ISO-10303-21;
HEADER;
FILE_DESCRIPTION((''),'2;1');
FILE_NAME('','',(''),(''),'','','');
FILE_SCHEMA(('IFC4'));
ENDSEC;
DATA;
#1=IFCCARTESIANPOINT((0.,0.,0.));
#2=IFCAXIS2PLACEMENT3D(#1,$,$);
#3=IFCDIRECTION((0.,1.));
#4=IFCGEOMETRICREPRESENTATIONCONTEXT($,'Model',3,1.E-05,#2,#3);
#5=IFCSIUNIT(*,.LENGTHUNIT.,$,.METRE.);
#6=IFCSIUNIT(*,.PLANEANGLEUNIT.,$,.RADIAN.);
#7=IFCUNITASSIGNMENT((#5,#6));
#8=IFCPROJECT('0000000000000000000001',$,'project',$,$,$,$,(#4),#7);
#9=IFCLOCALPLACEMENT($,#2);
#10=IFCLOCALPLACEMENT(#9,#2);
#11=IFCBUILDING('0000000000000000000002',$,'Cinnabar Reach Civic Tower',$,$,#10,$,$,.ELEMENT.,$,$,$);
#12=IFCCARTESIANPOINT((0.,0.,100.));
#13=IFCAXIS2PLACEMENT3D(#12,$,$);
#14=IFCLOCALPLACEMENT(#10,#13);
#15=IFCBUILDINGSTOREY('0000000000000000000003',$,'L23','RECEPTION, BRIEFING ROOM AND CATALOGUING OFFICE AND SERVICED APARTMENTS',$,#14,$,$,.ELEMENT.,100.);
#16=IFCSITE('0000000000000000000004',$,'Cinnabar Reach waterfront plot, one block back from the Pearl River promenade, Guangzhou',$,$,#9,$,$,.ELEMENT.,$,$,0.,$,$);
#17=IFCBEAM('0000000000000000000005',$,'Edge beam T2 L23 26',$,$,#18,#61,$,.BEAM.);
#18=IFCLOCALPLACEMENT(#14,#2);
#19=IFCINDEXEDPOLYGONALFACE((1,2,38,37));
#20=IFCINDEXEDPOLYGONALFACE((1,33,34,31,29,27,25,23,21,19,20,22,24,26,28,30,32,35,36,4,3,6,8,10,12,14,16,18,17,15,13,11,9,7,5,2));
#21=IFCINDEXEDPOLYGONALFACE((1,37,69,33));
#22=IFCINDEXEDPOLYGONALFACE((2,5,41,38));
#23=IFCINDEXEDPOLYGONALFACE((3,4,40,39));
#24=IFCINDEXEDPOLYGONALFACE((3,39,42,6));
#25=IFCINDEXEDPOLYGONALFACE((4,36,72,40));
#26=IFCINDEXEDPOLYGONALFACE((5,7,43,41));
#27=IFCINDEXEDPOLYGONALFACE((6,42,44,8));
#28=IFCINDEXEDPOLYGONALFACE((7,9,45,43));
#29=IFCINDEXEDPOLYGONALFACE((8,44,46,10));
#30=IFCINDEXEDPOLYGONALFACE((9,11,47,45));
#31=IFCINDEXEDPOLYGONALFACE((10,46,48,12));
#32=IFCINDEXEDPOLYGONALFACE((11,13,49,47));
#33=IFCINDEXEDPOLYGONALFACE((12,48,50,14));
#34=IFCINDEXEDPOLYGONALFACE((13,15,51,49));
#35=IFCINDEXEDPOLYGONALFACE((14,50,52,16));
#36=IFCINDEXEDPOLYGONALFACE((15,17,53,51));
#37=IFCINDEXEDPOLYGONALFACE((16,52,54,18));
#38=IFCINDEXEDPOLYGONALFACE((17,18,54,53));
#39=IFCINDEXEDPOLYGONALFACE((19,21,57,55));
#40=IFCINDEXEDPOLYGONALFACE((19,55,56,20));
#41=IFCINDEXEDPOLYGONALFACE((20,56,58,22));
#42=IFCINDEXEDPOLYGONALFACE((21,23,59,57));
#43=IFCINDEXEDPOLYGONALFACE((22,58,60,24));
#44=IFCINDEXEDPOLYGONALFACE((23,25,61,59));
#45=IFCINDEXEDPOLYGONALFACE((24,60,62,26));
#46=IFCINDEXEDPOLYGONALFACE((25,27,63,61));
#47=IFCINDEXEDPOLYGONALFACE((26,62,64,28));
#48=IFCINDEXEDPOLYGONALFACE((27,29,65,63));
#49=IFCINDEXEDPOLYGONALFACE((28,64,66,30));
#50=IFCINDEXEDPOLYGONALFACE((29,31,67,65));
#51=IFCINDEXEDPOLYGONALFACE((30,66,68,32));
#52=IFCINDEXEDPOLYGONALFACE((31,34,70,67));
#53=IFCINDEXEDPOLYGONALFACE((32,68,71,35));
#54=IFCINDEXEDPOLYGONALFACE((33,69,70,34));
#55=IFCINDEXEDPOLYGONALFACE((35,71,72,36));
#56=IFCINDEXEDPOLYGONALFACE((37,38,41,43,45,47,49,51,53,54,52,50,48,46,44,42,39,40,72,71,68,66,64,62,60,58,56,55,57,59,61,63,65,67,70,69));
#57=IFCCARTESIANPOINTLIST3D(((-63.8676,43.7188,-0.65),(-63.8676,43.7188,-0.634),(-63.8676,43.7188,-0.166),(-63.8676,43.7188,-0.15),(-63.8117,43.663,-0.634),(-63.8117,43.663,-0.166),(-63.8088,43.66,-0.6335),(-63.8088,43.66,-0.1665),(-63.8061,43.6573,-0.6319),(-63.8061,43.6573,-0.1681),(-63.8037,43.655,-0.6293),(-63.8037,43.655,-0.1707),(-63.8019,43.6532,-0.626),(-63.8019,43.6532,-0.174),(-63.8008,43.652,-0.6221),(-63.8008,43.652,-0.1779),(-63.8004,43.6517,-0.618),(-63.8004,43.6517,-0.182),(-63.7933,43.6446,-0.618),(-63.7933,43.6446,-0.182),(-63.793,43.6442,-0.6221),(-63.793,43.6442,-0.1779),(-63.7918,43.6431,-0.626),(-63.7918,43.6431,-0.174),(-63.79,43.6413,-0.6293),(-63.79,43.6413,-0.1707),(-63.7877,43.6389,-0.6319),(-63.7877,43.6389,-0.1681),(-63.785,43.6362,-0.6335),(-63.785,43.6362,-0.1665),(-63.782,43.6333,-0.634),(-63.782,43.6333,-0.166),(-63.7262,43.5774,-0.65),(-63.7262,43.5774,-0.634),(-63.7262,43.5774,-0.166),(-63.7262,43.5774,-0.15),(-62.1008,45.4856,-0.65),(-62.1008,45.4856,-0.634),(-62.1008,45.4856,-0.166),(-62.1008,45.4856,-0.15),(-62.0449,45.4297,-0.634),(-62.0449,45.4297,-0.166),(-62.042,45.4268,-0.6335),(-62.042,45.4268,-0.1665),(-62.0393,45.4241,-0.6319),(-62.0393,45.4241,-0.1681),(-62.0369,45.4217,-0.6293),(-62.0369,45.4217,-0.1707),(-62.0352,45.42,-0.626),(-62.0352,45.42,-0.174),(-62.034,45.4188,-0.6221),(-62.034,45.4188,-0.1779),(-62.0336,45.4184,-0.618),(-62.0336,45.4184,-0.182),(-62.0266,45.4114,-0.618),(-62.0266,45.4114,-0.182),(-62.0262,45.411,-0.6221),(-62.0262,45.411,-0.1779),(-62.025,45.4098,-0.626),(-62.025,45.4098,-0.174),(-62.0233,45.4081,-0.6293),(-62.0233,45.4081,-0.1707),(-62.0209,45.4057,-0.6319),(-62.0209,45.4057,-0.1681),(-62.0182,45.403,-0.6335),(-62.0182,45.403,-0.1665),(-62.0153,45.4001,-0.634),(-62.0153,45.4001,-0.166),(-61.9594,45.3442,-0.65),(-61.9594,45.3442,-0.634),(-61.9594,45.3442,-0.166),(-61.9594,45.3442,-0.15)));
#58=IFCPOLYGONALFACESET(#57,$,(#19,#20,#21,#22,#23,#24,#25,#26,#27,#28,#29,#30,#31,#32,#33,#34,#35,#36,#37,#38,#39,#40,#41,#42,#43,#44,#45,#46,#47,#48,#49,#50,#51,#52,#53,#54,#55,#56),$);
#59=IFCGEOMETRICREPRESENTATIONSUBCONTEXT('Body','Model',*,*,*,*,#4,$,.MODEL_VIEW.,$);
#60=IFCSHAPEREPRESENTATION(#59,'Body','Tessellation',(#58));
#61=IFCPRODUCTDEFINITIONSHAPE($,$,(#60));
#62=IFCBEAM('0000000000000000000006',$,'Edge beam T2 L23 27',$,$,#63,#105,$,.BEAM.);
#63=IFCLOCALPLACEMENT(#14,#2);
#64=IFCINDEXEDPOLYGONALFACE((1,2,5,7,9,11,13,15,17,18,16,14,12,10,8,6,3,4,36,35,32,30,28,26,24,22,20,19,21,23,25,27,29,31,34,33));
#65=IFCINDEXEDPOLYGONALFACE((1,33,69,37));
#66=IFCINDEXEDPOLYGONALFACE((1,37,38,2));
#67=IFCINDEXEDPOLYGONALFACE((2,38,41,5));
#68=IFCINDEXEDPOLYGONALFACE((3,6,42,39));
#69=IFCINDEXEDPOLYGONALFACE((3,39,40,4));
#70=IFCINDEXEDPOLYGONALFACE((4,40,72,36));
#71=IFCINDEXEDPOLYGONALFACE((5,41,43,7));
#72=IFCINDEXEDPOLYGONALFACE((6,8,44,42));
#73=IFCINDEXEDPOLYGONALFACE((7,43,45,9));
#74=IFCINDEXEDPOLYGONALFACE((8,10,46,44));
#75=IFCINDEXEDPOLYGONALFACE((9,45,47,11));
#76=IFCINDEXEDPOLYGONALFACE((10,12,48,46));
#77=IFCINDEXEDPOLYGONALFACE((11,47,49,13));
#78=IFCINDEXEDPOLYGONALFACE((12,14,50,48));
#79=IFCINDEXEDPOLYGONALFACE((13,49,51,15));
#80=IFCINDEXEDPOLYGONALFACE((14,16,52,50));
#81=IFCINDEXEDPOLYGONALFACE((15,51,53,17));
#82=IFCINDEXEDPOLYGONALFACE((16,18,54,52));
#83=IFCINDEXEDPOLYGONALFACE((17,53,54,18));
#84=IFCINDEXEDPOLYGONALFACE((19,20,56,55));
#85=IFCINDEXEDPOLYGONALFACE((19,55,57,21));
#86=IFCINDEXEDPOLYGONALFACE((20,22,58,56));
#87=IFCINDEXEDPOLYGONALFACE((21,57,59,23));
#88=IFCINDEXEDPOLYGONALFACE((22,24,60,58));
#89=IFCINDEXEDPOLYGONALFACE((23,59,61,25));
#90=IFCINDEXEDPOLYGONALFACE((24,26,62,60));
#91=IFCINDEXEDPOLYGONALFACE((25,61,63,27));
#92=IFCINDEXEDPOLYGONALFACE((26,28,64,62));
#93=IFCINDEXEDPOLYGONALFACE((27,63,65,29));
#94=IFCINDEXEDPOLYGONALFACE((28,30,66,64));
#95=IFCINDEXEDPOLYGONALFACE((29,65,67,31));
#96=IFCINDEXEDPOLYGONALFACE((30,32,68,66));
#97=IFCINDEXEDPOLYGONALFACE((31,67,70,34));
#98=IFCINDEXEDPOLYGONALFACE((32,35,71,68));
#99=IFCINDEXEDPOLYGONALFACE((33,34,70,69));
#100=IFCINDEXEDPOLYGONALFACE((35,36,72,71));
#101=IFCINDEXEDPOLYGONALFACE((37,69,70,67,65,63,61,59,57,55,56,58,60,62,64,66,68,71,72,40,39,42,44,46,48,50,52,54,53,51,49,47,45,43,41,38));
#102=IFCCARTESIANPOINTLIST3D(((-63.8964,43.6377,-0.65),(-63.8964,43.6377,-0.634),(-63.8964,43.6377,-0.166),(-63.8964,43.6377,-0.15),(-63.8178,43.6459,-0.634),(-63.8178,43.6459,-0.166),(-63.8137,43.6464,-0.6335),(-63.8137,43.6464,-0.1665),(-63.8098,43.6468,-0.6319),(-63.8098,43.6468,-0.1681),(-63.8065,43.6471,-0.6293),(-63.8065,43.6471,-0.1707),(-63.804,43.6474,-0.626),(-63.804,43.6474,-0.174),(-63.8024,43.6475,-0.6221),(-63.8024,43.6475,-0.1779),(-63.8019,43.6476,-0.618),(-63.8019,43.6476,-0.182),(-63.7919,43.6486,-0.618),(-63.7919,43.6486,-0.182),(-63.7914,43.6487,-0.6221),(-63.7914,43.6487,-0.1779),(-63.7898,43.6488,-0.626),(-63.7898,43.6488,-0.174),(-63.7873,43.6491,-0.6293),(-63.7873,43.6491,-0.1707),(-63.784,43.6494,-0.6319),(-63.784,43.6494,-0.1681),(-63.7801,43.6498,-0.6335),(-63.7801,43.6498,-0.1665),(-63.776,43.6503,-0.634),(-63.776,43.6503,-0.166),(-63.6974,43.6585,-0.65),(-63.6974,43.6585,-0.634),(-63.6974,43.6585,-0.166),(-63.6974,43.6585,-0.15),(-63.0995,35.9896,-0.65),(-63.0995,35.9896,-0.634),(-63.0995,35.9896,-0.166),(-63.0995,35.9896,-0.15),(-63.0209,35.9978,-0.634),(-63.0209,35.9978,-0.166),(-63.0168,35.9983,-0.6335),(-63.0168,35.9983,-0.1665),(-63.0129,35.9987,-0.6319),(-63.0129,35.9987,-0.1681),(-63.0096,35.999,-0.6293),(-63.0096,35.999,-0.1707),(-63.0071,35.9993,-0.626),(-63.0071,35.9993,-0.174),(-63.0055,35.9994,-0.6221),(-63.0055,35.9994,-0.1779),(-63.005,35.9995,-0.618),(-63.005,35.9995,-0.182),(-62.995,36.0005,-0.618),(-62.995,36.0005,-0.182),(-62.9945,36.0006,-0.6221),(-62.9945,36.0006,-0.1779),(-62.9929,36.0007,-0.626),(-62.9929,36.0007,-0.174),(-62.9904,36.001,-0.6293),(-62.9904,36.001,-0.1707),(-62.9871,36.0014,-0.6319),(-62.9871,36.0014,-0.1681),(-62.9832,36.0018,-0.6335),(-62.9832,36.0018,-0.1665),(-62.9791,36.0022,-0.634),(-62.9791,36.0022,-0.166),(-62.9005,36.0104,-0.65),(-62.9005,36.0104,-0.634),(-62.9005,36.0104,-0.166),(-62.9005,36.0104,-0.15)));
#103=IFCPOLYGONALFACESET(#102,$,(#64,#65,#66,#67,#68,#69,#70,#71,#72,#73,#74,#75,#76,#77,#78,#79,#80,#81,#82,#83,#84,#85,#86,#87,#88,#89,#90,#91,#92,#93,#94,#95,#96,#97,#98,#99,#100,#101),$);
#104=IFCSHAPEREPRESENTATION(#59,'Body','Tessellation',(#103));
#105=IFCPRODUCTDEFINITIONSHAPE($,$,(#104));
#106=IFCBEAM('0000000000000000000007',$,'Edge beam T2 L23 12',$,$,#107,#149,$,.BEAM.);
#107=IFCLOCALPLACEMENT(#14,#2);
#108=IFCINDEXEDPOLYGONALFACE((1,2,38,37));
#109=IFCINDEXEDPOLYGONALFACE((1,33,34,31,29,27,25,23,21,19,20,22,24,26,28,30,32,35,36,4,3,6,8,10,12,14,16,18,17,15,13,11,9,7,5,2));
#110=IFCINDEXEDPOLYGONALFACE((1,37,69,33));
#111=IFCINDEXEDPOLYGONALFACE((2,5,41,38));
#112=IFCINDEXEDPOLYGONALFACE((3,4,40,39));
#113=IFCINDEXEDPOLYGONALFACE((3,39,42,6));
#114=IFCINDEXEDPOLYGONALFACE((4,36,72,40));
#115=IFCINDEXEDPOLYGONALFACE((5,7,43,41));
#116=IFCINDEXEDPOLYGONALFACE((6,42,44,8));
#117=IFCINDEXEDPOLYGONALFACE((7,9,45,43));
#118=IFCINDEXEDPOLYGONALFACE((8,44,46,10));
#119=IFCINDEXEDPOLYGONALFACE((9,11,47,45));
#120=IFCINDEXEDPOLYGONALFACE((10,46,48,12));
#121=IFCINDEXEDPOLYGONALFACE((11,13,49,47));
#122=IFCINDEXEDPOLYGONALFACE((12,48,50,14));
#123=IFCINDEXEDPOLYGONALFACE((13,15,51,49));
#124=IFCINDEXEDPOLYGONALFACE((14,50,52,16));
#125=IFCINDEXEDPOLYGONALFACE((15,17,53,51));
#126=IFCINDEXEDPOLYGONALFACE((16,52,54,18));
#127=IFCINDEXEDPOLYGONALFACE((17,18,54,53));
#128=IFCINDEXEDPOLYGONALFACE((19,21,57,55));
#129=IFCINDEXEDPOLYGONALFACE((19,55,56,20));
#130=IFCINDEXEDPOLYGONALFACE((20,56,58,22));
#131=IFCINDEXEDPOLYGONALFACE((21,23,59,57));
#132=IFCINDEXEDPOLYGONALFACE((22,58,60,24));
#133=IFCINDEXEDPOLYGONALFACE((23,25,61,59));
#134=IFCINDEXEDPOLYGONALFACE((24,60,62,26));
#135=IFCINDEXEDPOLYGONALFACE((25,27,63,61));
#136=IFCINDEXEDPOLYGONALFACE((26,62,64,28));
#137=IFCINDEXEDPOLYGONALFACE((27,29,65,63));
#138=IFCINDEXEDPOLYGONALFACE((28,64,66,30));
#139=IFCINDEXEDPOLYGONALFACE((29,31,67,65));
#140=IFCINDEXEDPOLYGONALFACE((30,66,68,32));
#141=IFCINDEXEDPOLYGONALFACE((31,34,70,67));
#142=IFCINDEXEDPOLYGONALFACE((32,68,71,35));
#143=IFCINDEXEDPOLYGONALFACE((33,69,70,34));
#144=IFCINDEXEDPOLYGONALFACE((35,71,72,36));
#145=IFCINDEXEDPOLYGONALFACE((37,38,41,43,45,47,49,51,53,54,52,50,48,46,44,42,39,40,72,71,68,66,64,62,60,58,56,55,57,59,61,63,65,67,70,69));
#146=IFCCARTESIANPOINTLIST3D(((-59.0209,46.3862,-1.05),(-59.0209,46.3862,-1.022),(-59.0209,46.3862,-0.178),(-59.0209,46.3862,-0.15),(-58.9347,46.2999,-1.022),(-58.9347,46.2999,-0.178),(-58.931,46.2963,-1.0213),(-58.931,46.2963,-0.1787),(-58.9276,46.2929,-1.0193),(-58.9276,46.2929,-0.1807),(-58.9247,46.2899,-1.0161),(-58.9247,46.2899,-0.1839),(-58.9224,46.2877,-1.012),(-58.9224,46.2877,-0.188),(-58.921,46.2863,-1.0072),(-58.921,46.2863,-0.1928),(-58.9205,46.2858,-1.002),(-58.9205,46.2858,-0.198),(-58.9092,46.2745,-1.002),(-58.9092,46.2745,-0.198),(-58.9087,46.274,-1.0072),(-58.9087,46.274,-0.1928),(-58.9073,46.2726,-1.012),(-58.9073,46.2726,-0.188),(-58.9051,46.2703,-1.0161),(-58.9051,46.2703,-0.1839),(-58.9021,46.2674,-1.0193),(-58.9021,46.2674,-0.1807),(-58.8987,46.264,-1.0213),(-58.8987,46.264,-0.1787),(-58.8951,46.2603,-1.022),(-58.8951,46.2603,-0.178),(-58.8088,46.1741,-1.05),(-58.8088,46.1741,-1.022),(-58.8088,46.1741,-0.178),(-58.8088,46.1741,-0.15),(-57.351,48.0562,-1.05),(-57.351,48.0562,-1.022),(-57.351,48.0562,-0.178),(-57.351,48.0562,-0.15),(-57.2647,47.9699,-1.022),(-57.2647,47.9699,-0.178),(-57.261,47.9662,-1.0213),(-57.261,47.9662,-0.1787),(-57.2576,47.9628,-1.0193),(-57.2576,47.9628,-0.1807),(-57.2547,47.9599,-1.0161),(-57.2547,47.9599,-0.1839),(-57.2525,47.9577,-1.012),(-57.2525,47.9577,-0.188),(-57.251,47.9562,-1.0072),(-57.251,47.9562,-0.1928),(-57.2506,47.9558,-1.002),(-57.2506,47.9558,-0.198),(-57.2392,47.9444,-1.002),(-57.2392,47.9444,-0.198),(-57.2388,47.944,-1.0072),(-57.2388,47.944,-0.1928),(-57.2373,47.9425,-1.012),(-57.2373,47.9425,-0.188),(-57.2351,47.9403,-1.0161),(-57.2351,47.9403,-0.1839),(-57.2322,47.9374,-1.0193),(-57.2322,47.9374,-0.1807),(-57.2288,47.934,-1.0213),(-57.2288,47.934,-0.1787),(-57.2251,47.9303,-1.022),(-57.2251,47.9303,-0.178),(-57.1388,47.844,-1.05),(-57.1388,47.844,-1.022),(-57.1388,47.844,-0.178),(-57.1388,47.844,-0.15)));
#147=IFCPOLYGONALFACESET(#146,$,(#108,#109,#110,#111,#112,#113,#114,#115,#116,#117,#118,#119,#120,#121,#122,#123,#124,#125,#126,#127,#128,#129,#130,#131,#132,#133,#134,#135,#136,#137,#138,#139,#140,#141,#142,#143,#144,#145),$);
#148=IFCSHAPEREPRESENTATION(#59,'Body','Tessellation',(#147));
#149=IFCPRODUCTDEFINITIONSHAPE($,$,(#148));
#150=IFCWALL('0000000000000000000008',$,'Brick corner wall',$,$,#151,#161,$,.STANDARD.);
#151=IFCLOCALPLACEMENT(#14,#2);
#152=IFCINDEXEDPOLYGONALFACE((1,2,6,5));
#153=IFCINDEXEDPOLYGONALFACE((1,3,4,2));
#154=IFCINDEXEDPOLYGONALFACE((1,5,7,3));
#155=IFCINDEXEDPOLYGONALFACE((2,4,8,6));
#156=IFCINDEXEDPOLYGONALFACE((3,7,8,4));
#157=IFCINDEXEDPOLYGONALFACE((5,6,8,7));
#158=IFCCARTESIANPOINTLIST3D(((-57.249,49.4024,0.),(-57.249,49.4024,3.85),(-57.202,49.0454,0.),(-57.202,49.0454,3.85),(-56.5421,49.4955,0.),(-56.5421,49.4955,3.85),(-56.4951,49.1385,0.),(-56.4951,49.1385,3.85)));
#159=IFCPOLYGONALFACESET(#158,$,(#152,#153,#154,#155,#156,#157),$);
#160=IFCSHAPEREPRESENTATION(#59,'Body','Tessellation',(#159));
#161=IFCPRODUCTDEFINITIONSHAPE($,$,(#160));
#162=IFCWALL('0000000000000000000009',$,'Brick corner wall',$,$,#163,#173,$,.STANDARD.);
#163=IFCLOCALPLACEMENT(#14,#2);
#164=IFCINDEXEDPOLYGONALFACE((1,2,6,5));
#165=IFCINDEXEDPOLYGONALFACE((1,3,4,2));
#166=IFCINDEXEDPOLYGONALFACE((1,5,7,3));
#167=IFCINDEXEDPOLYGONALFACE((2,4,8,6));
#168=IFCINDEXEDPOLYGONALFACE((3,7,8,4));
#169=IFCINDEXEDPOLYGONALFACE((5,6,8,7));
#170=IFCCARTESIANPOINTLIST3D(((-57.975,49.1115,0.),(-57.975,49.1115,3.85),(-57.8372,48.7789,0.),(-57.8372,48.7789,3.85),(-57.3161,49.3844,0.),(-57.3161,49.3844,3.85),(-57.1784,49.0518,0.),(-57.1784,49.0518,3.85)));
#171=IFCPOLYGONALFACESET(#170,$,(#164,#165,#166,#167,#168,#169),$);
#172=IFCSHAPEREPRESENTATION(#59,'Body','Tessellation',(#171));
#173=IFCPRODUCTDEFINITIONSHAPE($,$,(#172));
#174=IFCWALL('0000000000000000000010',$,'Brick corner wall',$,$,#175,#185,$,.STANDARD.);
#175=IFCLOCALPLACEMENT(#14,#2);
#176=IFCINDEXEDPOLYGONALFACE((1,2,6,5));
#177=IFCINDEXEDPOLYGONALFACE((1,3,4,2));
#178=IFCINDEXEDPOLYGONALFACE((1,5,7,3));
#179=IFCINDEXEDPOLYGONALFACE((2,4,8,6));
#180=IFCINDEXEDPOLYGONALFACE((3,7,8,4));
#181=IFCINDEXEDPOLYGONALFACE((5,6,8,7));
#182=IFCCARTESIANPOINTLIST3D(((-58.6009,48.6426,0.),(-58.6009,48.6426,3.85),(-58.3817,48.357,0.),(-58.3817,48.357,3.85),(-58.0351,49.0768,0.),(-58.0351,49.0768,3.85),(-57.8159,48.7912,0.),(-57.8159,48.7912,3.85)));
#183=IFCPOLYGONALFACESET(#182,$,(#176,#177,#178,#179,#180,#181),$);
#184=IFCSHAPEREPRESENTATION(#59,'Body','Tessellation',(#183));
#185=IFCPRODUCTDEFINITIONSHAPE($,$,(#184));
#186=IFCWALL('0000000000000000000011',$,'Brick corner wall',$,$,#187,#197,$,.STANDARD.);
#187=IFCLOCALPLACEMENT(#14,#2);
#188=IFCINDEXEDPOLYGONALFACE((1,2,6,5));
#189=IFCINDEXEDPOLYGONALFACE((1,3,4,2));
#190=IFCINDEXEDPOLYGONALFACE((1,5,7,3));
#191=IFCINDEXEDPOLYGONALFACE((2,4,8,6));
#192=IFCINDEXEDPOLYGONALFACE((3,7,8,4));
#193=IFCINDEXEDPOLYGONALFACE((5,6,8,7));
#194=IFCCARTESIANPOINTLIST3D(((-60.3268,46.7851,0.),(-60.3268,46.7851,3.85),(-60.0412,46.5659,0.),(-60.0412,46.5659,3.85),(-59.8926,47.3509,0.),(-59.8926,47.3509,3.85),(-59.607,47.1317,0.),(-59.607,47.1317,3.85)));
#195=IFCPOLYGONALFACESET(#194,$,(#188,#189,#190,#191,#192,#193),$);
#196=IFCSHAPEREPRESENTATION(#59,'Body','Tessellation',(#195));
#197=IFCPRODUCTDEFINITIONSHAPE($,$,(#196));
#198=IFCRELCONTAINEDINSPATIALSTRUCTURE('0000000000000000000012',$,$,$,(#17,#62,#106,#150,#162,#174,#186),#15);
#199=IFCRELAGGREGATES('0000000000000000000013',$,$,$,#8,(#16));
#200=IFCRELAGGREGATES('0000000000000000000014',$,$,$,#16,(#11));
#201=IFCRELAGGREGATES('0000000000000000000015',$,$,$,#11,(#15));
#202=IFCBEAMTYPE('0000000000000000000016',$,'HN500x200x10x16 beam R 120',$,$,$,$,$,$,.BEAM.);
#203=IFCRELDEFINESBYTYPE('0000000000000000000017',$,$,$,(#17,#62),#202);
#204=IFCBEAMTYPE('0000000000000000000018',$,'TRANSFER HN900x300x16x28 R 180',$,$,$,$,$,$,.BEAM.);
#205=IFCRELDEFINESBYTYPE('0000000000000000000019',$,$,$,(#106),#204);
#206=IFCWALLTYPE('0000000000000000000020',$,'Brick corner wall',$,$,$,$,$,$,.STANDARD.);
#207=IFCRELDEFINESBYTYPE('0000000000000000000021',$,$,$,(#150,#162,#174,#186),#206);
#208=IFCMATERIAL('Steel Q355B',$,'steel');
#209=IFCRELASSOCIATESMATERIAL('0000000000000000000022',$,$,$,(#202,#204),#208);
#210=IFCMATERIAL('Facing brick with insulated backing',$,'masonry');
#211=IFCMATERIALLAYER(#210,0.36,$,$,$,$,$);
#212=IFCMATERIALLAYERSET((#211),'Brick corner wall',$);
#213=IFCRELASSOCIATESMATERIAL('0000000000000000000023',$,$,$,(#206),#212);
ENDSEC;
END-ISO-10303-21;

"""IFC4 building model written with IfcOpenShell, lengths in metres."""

from ifc_helpers import new_model, si_unit, direction, frame, frame_2d, origin, origin_2d, place, context, subcontext, project, spatial, rectangle, i_section, extrude, material, layer, layer_set, material_profile, profile_set, type_object, element, save


model = new_model("IFC4")

# Units and contexts
model_context = context("Model", 3, precision=1e-05, world=origin(), true_north=direction((0.0, 1.0)))
body_context = subcontext(model_context, "Body", "Model", "MODEL_VIEW")
ifc_project = project(units=[si_unit("LENGTHUNIT", "METRE"), si_unit("PLANEANGLEUNIT", "RADIAN")], contexts=[model_context])

# Site, building, storey
site_placement = place(None, origin())
site = spatial("IfcSite", under=ifc_project, at=site_placement, Name="Cinnabar Reach waterfront plot, one block back from the Pearl River promenade, Guangzhou", CompositionType="ELEMENT", RefElevation=0.0)
building_placement = place(site_placement, origin())
building = spatial("IfcBuilding", under=site, at=building_placement, Name="Cinnabar Reach Civic Tower", CompositionType="ELEMENT")
storey_placement = place(building_placement, frame((0.0, 0.0, 100.0)))
storey = spatial("IfcBuildingStorey", under=building, at=storey_placement, Name="L23", Description="RECEPTION, BRIEFING ROOM AND CATALOGUING OFFICE AND SERVICED APARTMENTS", CompositionType="ELEMENT", Elevation=100.0)

# Beams
ifc_material_1 = material(Name="Steel Q355B", Category="steel")
ifc_material_profile_1 = material_profile(ifc_material_1, i_section(OverallWidth=0.2, OverallDepth=0.5, WebThickness=0.01, FlangeThickness=0.016, FilletRadius=0.016, at=origin_2d()), Name="HN500x200x10x16")
ifc_profile_set_1 = profile_set([ifc_material_profile_1], Name="Steel Q355B")
beam_type_1 = type_object("IfcBeamType", Name="HN500x200x10x16 beam R 120", PredefinedType="BEAM", material=ifc_profile_set_1)
beam_1_placement = place(storey_placement, frame((-62.0301, 45.4149, -0.4), z_axis=(-0.707107, -0.707107, 0.0), x_axis=(0.707107, -0.707107, 0.0)))
element("IfcBeam", 1, at=beam_1_placement, inside=storey, type_object=beam_type_1, Name="Edge beam T2 L23 26", PredefinedType="BEAM", context=body_context, shape_type="SweptSolid", body=[
    extrude(i_section(OverallWidth=0.2, OverallDepth=0.5, WebThickness=0.01, FlangeThickness=0.016, FilletRadius=0.016, at=origin_2d()), origin(), (0.0, 0.0, 1.0), 2.4986),
])
beam_2_placement = place(storey_placement, frame((-63.7969, 43.6481, -0.4), z_axis=(0.103635, -0.994615, 0.0), x_axis=(0.994615, 0.103635, 0.0)))
element("IfcBeam", 2, at=beam_2_placement, inside=storey, type_object=beam_type_1, Name="Edge beam T2 L23 27", PredefinedType="BEAM", context=body_context, shape_type="SweptSolid", body=[
    extrude(i_section(OverallWidth=0.2, OverallDepth=0.5, WebThickness=0.01, FlangeThickness=0.016, FilletRadius=0.016, at=origin_2d()), origin(), (0.0, 0.0, 1.0), 7.6895),
])
ifc_material_profile_2 = material_profile(ifc_material_1, i_section(OverallWidth=0.3, OverallDepth=0.9, WebThickness=0.016, FlangeThickness=0.028, FilletRadius=0.02, at=origin_2d()), Name="HN900x300x16x28")
ifc_profile_set_2 = profile_set([ifc_material_profile_2], Name="Steel Q355B")
beam_type_2 = type_object("IfcBeamType", Name="TRANSFER HN900x300x16x28 R 180", PredefinedType="BEAM", material=ifc_profile_set_2)
beam_3_placement = place(storey_placement, frame((-57.2449, 47.9501, -0.6), z_axis=(-0.707107, -0.707107, 0.0), x_axis=(0.707107, -0.707107, 0.0)))
element("IfcBeam", 3, at=beam_3_placement, inside=storey, type_object=beam_type_2, Name="Edge beam T2 L23 12", PredefinedType="BEAM", context=body_context, shape_type="SweptSolid", body=[
    extrude(i_section(OverallWidth=0.3, OverallDepth=0.9, WebThickness=0.016, FlangeThickness=0.028, FilletRadius=0.02, at=origin_2d()), origin(), (0.0, 0.0, 1.0), 2.3617),
])

# Walls
ifc_material_2 = material(Name="Facing brick with insulated backing", Category="masonry")
ifc_layer_1 = layer(ifc_material_2, 0.36)
ifc_layer_set_1 = layer_set([ifc_layer_1], Name="Brick corner wall")
wall_type_1 = type_object("IfcWallType", Name="Brick corner wall", PredefinedType="STANDARD", material=ifc_layer_set_1)
for number, where, z_axis, x_axis, name in (
    (4, (-56.5186, 49.317, 0.0), (0.0, 0.0, 1.0), (-0.991441, -0.130556, 0.0), "Brick corner wall"),
    (5, (-57.2473, 49.2181, 0.0), (0.0, 0.0, 1.0), (-0.923872, -0.382703, 0.0), "Brick corner wall"),
):
    element("IfcWall", number, at=place(storey_placement, frame(where, z_axis=z_axis, x_axis=x_axis)), inside=storey, type_object=wall_type_1, Name=name, PredefinedType="STANDARD", context=body_context, shape_type="SweptSolid", body=[
        extrude(rectangle(XDim=0.7131, YDim=0.36, at=frame_2d((0.3565, 0.0))), origin(), (0.0, 0.0, 1.0), 3.85),
    ])
for number, where, z_axis, x_axis, name in (
    (6, (-57.9255, 48.934, 0.0), (0.0, 0.0, 1.0), (-0.793322, -0.608802, 0.0), "Brick corner wall"),
    (7, (-59.7498, 47.2413, 0.0), (0.0, 0.0, 1.0), (-0.608802, -0.793322, 0.0), "Brick corner wall"),
):
    element("IfcWall", number, at=place(storey_placement, frame(where, z_axis=z_axis, x_axis=x_axis)), inside=storey, type_object=wall_type_1, Name=name, PredefinedType="STANDARD", context=body_context, shape_type="SweptSolid", body=[
        extrude(rectangle(XDim=0.7132, YDim=0.36, at=frame_2d((0.3566, 0.0))), origin(), (0.0, 0.0, 1.0), 3.85),
    ])

save(model, "model.ifc")
